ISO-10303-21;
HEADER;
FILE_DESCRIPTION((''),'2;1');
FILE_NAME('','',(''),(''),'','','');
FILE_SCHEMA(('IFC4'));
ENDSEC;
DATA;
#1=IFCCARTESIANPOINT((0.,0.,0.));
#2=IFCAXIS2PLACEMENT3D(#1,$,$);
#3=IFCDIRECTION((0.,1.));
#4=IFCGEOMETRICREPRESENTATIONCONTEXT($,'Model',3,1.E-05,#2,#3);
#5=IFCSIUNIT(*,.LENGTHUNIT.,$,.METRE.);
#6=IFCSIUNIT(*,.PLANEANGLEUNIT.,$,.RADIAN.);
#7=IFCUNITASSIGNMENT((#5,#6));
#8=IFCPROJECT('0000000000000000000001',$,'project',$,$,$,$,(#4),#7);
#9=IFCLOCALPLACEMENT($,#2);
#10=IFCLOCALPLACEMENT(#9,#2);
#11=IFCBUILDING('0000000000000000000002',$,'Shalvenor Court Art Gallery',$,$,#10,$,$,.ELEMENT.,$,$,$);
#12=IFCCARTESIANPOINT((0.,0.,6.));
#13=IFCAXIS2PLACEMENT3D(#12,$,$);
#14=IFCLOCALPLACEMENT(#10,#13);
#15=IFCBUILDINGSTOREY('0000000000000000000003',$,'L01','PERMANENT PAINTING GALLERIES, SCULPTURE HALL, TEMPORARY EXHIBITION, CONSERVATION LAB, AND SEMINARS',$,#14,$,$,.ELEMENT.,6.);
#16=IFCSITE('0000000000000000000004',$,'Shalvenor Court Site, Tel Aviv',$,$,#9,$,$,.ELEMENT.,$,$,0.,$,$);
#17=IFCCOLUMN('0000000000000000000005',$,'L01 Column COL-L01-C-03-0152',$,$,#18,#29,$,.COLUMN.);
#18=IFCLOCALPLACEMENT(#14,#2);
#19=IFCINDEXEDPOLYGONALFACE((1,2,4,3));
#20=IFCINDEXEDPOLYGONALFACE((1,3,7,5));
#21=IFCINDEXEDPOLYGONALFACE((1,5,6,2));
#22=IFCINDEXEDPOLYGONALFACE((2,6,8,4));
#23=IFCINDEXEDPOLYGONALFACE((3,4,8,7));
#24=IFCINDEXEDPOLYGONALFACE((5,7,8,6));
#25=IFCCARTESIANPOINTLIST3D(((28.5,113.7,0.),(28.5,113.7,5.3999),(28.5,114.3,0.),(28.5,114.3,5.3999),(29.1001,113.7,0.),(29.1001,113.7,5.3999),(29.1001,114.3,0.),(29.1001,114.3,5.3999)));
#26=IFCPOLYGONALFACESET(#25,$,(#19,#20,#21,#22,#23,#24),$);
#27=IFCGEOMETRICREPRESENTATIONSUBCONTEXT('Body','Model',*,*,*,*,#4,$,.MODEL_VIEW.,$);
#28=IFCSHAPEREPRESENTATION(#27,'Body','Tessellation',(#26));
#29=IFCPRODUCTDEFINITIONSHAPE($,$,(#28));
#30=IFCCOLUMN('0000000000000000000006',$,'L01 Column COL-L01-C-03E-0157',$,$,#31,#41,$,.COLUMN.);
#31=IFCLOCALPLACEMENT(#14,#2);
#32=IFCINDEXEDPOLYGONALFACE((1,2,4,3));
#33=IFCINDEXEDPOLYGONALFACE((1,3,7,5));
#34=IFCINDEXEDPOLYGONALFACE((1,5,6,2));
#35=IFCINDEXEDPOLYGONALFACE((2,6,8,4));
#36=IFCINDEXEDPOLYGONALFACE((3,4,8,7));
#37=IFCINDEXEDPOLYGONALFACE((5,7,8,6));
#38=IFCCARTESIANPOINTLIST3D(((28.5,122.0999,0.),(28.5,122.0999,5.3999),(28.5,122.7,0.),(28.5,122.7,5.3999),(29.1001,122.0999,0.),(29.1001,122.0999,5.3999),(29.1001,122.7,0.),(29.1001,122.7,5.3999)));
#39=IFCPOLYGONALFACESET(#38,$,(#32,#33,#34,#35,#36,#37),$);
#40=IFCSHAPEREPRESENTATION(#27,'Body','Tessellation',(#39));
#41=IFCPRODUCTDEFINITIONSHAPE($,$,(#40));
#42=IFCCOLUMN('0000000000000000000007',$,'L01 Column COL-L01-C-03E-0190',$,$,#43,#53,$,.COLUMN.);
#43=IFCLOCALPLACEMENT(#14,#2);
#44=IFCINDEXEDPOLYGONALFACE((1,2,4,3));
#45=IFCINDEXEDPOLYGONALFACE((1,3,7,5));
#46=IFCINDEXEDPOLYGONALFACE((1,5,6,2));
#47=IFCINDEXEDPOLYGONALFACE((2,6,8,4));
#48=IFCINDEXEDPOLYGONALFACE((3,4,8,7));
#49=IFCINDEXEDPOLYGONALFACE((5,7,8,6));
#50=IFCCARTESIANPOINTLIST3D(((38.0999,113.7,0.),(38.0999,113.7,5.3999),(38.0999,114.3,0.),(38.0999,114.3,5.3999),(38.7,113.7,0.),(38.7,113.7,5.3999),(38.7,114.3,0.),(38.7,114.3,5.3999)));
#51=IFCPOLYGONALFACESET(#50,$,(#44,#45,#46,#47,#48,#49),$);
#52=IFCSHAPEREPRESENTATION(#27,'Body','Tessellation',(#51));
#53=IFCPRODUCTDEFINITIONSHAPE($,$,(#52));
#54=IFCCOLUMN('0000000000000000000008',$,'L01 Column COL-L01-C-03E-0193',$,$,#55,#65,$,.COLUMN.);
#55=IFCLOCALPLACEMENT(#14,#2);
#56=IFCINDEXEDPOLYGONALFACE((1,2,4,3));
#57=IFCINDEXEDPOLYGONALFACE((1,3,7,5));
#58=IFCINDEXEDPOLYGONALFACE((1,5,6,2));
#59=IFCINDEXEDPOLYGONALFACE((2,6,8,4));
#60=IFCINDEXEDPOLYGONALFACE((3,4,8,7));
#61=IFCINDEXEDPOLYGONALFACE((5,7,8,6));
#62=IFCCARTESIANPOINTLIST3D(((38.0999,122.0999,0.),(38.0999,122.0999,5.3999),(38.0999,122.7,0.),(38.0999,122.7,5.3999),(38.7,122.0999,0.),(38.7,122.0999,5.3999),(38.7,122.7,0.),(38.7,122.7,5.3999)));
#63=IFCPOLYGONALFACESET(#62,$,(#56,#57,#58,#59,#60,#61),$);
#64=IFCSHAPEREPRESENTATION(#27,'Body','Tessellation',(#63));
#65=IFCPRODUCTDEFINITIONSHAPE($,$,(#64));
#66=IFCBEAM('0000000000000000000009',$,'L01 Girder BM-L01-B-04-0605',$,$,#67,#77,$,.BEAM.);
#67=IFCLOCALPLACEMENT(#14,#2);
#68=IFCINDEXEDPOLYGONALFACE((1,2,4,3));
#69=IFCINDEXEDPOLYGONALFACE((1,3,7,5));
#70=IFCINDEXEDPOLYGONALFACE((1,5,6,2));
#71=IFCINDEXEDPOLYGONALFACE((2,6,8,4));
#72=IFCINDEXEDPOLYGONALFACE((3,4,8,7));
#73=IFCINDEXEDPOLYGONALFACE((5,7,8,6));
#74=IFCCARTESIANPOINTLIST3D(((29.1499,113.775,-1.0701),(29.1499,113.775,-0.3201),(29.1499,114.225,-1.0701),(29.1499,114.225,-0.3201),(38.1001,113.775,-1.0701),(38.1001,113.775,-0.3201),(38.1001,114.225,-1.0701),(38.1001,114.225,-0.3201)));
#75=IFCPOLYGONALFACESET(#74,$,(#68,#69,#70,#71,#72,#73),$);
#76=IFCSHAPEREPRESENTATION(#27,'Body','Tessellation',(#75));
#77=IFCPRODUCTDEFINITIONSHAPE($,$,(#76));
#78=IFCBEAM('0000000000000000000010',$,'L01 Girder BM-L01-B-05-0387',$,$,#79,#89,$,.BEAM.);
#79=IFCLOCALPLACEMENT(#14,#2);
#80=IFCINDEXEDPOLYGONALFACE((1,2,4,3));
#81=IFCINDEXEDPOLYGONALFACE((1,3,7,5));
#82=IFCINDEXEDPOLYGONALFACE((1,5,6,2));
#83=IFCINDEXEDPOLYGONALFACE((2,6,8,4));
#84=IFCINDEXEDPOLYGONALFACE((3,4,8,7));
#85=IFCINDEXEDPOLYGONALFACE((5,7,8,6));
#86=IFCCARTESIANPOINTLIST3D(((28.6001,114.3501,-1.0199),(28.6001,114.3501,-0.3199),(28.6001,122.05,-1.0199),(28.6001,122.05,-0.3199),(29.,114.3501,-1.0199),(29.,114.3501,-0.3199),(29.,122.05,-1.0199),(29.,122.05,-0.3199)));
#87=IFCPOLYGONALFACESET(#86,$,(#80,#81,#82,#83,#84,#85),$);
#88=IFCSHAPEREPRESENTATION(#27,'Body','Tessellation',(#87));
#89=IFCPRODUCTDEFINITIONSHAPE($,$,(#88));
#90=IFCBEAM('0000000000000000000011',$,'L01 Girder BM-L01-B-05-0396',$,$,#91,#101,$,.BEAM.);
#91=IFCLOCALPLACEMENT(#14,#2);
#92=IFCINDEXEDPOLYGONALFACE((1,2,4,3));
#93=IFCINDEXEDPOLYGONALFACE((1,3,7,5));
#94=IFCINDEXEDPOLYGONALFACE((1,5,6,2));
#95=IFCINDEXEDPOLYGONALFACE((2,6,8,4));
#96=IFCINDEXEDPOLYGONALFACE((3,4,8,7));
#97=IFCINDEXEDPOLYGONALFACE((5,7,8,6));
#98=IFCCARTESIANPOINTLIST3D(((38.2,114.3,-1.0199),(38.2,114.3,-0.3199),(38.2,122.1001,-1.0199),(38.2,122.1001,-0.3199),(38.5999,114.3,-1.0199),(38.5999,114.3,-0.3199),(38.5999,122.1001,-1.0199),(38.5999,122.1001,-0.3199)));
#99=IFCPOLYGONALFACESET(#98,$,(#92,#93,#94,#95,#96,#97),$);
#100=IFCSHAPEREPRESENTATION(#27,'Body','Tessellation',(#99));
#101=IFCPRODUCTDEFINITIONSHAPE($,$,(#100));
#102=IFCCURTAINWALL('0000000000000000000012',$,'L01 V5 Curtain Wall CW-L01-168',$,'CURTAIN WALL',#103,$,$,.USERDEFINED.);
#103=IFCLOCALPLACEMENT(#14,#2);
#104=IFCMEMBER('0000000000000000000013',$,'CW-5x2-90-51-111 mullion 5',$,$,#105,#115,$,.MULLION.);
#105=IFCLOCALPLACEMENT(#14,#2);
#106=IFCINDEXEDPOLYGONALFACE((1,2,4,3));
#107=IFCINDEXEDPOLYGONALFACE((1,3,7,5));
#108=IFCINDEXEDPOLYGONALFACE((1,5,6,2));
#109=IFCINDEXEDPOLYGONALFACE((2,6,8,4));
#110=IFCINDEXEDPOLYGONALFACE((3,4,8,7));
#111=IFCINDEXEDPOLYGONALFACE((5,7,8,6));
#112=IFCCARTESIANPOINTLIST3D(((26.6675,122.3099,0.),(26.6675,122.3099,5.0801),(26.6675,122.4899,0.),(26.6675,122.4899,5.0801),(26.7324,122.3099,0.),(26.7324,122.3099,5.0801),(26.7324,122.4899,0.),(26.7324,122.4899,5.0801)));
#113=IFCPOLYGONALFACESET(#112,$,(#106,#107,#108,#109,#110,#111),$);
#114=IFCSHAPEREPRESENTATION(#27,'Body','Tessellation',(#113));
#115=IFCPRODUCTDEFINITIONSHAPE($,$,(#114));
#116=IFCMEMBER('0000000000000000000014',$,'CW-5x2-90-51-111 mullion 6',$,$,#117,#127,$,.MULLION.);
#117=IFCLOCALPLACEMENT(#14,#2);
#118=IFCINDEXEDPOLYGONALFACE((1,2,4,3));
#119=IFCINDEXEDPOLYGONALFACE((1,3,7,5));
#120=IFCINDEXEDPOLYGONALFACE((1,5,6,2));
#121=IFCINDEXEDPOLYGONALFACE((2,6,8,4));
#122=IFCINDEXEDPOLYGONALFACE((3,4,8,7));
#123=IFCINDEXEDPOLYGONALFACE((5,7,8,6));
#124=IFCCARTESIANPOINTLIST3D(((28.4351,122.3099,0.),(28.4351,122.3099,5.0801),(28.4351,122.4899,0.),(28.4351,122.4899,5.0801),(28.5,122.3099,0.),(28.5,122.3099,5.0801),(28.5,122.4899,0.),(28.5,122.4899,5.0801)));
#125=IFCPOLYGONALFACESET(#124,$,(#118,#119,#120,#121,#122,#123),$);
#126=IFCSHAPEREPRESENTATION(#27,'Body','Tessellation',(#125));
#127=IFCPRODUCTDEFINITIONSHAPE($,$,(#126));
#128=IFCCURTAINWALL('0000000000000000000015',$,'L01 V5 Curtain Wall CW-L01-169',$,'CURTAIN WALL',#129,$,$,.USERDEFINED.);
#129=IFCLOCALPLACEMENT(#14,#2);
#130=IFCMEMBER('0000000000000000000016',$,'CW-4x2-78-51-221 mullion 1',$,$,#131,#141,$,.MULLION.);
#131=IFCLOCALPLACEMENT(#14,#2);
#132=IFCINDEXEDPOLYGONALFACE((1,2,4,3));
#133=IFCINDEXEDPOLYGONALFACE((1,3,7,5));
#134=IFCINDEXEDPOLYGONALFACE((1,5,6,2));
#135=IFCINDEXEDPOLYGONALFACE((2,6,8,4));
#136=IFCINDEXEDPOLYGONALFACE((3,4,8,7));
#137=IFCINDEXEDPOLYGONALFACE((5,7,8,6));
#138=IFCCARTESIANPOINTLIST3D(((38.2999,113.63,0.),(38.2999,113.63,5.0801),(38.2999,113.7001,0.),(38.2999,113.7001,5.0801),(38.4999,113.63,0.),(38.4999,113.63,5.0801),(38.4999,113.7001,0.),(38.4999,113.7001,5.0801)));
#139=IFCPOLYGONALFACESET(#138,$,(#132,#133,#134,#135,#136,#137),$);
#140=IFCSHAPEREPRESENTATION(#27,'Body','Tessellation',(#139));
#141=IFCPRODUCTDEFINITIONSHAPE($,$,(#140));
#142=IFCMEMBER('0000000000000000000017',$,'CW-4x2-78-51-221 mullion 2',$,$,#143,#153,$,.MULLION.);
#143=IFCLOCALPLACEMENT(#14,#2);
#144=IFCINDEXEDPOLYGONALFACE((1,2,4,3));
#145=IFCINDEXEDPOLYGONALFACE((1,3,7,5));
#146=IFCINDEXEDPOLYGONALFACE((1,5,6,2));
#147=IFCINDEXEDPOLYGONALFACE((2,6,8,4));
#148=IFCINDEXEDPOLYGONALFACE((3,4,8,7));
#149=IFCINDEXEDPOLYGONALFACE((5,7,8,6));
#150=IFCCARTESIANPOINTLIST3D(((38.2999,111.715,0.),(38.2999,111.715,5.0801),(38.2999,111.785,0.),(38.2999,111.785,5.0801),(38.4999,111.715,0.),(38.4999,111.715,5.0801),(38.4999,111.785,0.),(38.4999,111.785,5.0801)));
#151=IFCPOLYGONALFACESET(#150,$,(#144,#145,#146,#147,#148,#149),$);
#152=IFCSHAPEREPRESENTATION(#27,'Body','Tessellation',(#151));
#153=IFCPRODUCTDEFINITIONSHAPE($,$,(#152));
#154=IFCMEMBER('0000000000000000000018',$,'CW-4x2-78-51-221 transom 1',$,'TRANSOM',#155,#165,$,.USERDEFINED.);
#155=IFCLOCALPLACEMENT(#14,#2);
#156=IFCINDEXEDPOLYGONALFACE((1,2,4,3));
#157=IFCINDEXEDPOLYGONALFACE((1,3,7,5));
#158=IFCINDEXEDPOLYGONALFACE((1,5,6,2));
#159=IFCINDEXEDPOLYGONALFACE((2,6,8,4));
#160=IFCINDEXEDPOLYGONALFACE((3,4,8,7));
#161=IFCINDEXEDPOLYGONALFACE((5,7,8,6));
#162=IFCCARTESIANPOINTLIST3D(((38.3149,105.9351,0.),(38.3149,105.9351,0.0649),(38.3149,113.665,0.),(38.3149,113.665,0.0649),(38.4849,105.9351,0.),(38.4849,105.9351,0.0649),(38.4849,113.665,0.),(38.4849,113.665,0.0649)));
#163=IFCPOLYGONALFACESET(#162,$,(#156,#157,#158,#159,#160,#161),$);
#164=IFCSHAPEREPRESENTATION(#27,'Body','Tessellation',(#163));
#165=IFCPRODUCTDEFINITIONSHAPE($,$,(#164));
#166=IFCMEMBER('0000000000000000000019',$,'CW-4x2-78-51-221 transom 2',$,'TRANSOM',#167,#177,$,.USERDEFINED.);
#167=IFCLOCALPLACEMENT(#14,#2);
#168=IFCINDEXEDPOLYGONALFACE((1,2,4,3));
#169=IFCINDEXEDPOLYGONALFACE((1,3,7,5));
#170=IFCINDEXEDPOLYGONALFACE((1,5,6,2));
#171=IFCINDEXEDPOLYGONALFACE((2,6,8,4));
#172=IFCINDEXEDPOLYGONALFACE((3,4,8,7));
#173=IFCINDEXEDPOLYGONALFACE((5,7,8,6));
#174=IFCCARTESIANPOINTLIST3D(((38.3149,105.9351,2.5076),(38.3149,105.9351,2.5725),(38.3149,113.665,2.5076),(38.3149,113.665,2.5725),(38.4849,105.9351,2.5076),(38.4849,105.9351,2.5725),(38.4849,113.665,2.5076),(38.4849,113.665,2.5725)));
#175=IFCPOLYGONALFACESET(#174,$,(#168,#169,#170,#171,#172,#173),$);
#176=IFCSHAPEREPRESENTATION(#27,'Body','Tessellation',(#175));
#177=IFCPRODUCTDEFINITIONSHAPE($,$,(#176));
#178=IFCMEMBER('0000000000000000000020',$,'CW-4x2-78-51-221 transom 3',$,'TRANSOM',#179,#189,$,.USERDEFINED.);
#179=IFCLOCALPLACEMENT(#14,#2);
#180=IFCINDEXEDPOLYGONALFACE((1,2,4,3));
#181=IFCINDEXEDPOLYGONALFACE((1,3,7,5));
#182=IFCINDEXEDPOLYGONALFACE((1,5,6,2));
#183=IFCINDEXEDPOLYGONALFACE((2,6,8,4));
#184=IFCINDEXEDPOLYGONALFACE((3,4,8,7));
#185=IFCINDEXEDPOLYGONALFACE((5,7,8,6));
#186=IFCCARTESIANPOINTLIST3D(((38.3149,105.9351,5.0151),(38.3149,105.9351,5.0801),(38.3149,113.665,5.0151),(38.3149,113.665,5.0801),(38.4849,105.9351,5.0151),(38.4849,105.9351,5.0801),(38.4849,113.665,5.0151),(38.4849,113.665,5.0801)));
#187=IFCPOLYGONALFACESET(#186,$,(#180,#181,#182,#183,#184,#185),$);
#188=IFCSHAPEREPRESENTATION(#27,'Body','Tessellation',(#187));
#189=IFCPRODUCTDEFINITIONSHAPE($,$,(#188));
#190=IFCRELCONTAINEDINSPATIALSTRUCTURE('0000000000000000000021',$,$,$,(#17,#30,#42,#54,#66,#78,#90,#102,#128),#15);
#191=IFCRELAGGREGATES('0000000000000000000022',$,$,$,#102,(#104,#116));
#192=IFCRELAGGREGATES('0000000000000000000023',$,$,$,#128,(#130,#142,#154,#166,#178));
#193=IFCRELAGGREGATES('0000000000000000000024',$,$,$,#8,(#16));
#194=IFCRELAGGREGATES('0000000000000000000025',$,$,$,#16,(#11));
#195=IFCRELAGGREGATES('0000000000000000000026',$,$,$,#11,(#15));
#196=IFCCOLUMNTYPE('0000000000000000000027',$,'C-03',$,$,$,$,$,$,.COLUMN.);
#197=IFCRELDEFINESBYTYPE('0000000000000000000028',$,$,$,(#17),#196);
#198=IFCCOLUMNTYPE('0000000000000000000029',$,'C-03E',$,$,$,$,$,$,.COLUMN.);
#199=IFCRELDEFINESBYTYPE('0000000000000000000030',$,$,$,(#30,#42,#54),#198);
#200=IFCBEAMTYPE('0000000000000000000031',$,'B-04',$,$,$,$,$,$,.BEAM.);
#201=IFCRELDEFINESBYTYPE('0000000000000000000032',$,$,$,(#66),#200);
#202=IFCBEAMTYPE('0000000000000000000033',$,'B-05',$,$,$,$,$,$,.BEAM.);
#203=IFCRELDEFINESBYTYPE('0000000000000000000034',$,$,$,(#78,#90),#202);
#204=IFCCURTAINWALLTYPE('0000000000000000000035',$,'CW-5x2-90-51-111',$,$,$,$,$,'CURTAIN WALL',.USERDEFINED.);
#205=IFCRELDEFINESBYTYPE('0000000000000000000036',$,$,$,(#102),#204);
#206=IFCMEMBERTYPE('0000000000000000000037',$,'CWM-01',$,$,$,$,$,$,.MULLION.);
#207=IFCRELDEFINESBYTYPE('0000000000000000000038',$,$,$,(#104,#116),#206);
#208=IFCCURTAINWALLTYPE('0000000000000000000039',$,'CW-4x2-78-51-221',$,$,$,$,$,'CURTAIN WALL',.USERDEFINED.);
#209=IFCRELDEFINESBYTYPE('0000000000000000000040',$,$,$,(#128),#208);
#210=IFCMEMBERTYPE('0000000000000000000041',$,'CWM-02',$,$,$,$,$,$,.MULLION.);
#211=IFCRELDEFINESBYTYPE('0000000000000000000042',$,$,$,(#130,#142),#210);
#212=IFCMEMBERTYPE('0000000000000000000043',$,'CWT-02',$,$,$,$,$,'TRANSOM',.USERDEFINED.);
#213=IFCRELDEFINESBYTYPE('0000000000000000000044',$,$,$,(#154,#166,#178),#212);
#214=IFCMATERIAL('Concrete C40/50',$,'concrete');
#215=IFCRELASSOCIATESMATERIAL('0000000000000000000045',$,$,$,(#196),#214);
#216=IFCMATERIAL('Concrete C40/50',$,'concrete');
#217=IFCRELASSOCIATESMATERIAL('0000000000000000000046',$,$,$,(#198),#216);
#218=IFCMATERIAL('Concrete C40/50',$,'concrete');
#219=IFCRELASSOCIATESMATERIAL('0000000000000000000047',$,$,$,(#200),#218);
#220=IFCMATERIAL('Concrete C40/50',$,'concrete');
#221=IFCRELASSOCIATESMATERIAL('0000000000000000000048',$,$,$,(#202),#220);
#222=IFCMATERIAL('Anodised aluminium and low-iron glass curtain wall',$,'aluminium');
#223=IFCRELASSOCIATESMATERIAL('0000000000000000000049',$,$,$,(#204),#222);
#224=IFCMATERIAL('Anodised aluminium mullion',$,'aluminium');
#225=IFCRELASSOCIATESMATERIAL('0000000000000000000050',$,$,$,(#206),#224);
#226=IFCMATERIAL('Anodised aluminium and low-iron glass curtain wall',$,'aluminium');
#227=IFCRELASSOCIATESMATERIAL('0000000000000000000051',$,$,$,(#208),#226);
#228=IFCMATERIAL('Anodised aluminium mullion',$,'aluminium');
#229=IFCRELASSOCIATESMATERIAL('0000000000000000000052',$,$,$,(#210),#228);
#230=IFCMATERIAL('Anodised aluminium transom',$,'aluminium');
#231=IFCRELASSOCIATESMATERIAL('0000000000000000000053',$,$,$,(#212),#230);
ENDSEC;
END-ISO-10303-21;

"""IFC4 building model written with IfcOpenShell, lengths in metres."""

from ifc_helpers import new_model, si_unit, direction, frame, origin, origin_2d, place, context, subcontext, project, spatial, rectangle, extrude, material, material_profile, profile_set, type_object, element, aggregate, save


model = new_model("IFC4")

# Units and contexts
model_context = context("Model", 3, precision=1e-05, world=origin(), true_north=direction((0.0, 1.0)))
body_context = subcontext(model_context, "Body", "Model", "MODEL_VIEW")
ifc_project = project(units=[si_unit("LENGTHUNIT", "METRE"), si_unit("PLANEANGLEUNIT", "RADIAN")], contexts=[model_context])

# Site, building, storey
site_placement = place(None, origin())
site = spatial("IfcSite", under=ifc_project, at=site_placement, Name="Shalvenor Court Site, Tel Aviv", CompositionType="ELEMENT", RefElevation=0.0)
building_placement = place(site_placement, origin())
building = spatial("IfcBuilding", under=site, at=building_placement, Name="Shalvenor Court Art Gallery", CompositionType="ELEMENT")
storey_placement = place(building_placement, frame((0.0, 0.0, 6.0)))
storey = spatial("IfcBuildingStorey", under=building, at=storey_placement, Name="L01", Description="PERMANENT PAINTING GALLERIES, SCULPTURE HALL, TEMPORARY EXHIBITION, CONSERVATION LAB, AND SEMINARS", CompositionType="ELEMENT", Elevation=6.0)

# Columns
ifc_material_1 = material(Name="Concrete C40/50", Category="concrete")
ifc_material_profile_1 = material_profile(ifc_material_1, rectangle(XDim=0.6001, YDim=0.6001, at=origin_2d()), Name="RC 600x600")
ifc_profile_set_1 = profile_set([ifc_material_profile_1], Name="Concrete C40/50")
column_type_1 = type_object("IfcColumnType", Name="C-03", PredefinedType="COLUMN", material=ifc_profile_set_1)
column_placement = place(storey_placement, frame((28.8, 114.0, 0.0), z_axis=(0.0, 0.0, 1.0), x_axis=(1.0, 0.0, 0.0)))
element("IfcColumn", 1, at=column_placement, inside=storey, type_object=column_type_1, Name="L01 Column COL-L01-C-03-0152", PredefinedType="COLUMN", context=body_context, shape_type="SweptSolid", body=[
    extrude(rectangle(XDim=0.6001, YDim=0.6001, at=origin_2d()), origin(), (0.0, 0.0, 1.0), 5.3999),
])
ifc_material_2 = material(Name="Concrete C40/50", Category="concrete")
ifc_material_profile_2 = material_profile(ifc_material_2, rectangle(XDim=0.6001, YDim=0.6001, at=origin_2d()), Name="RC 600x600")
ifc_profile_set_2 = profile_set([ifc_material_profile_2], Name="Concrete C40/50")
column_type_2 = type_object("IfcColumnType", Name="C-03E", PredefinedType="COLUMN", material=ifc_profile_set_2)
for number, where, z_axis, x_axis, name in (
    (2, (28.8, 122.3999, 0.0), (0.0, 0.0, 1.0), (1.0, 0.0, 0.0), "L01 Column COL-L01-C-03E-0157"),
    (3, (38.3999, 114.0, 0.0), (0.0, 0.0, 1.0), (1.0, 0.0, 0.0), "L01 Column COL-L01-C-03E-0190"),
    (4, (38.3999, 122.3999, 0.0), (0.0, 0.0, 1.0), (1.0, 0.0, 0.0), "L01 Column COL-L01-C-03E-0193"),
):
    element("IfcColumn", number, at=place(storey_placement, frame(where, z_axis=z_axis, x_axis=x_axis)), inside=storey, type_object=column_type_2, Name=name, PredefinedType="COLUMN", context=body_context, shape_type="SweptSolid", body=[
        extrude(rectangle(XDim=0.6001, YDim=0.6001, at=origin_2d()), origin(), (0.0, 0.0, 1.0), 5.3999),
    ])

# Beams
ifc_material_3 = material(Name="Concrete C40/50", Category="concrete")
ifc_material_profile_3 = material_profile(ifc_material_3, rectangle(XDim=0.45, YDim=0.75, at=origin_2d()), Name="RC 450x750")
ifc_profile_set_3 = profile_set([ifc_material_profile_3], Name="Concrete C40/50")
beam_type_1 = type_object("IfcBeamType", Name="B-04", PredefinedType="BEAM", material=ifc_profile_set_3)
beam_1_placement = place(storey_placement, frame((29.1499, 114.0, -0.6951), z_axis=(1.0, 0.0, 0.0), x_axis=(0.0, 1.0, 0.0)))
element("IfcBeam", 5, at=beam_1_placement, inside=storey, type_object=beam_type_1, Name="L01 Girder BM-L01-B-04-0605", PredefinedType="BEAM", context=body_context, shape_type="SweptSolid", body=[
    extrude(rectangle(XDim=0.45, YDim=0.75, at=origin_2d()), origin(), (0.0, 0.0, 1.0), 8.9502),
])
ifc_material_4 = material(Name="Concrete C40/50", Category="concrete")
ifc_material_profile_4 = material_profile(ifc_material_4, rectangle(XDim=0.3999, YDim=0.7, at=origin_2d()), Name="RC 400x700")
ifc_profile_set_4 = profile_set([ifc_material_profile_4], Name="Concrete C40/50")
beam_type_2 = type_object("IfcBeamType", Name="B-05", PredefinedType="BEAM", material=ifc_profile_set_4)
beam_2_placement = place(storey_placement, frame((28.8, 114.3501, -0.6699), z_axis=(0.0, 1.0, 0.0), x_axis=(-1.0, 0.0, 0.0)))
element("IfcBeam", 6, at=beam_2_placement, inside=storey, type_object=beam_type_2, Name="L01 Girder BM-L01-B-05-0387", PredefinedType="BEAM", context=body_context, shape_type="SweptSolid", body=[
    extrude(rectangle(XDim=0.3999, YDim=0.7, at=origin_2d()), origin(), (0.0, 0.0, 1.0), 7.7),
])
beam_3_placement = place(storey_placement, frame((38.3999, 114.3, -0.6699), z_axis=(0.0, 1.0, 0.0), x_axis=(-1.0, 0.0, 0.0)))
element("IfcBeam", 7, at=beam_3_placement, inside=storey, type_object=beam_type_2, Name="L01 Girder BM-L01-B-05-0396", PredefinedType="BEAM", context=body_context, shape_type="SweptSolid", body=[
    extrude(rectangle(XDim=0.3999, YDim=0.7, at=origin_2d()), origin(), (0.0, 0.0, 1.0), 7.8),
])

# Curtain walls, members
ifc_material_5 = material(Name="Anodised aluminium and low-iron glass curtain wall", Category="aluminium")
curtain_wall_type_1 = type_object("IfcCurtainWallType", Name="CW-5x2-90-51-111", ElementType="CURTAIN WALL", PredefinedType="USERDEFINED", material=ifc_material_5)
curtain_wall_1_placement = place(storey_placement, origin())
curtain_wall_1 = element("IfcCurtainWall", 8, at=curtain_wall_1_placement, inside=storey, type_object=curtain_wall_type_1, Name="L01 V5 Curtain Wall CW-L01-168", ObjectType="CURTAIN WALL", PredefinedType="USERDEFINED")
ifc_material_6 = material(Name="Anodised aluminium mullion", Category="aluminium")
ifc_material_profile_5 = material_profile(ifc_material_6, rectangle(XDim=0.0649, YDim=0.1799, at=origin_2d()), Name="CWM-01")
ifc_profile_set_5 = profile_set([ifc_material_profile_5], Name="Anodised aluminium mullion")
member_type_1 = type_object("IfcMemberType", Name="CWM-01", PredefinedType="MULLION", material=ifc_profile_set_5)
member_1_placement = place(storey_placement, frame((26.7, 122.3999, 0.0), z_axis=(0.0, 0.0, 1.0), x_axis=(1.0, 0.0, 0.0)))
member_1 = element("IfcMember", 9, at=member_1_placement, type_object=member_type_1, Name="CW-5x2-90-51-111 mullion 5", PredefinedType="MULLION", context=body_context, shape_type="SweptSolid", body=[
    extrude(rectangle(XDim=0.0649, YDim=0.1799, at=origin_2d()), origin(), (0.0, 0.0, 1.0), 5.0801),
])
member_2_placement = place(storey_placement, frame((28.4675, 122.3999, 0.0), z_axis=(0.0, 0.0, 1.0), x_axis=(1.0, 0.0, 0.0)))
member_2 = element("IfcMember", 10, at=member_2_placement, type_object=member_type_1, Name="CW-5x2-90-51-111 mullion 6", PredefinedType="MULLION", context=body_context, shape_type="SweptSolid", body=[
    extrude(rectangle(XDim=0.0649, YDim=0.1799, at=origin_2d()), origin(), (0.0, 0.0, 1.0), 5.0801),
])
ifc_material_7 = material(Name="Anodised aluminium and low-iron glass curtain wall", Category="aluminium")
curtain_wall_type_2 = type_object("IfcCurtainWallType", Name="CW-4x2-78-51-221", ElementType="CURTAIN WALL", PredefinedType="USERDEFINED", material=ifc_material_7)
curtain_wall_2_placement = place(storey_placement, origin())
curtain_wall_2 = element("IfcCurtainWall", 11, at=curtain_wall_2_placement, inside=storey, type_object=curtain_wall_type_2, Name="L01 V5 Curtain Wall CW-L01-169", ObjectType="CURTAIN WALL", PredefinedType="USERDEFINED")
ifc_material_8 = material(Name="Anodised aluminium mullion", Category="aluminium")
ifc_material_profile_6 = material_profile(ifc_material_8, rectangle(XDim=0.0701, YDim=0.2, at=origin_2d()), Name="CWM-02")
ifc_profile_set_6 = profile_set([ifc_material_profile_6], Name="Anodised aluminium mullion")
member_type_2 = type_object("IfcMemberType", Name="CWM-02", PredefinedType="MULLION", material=ifc_profile_set_6)
member_3_placement = place(storey_placement, frame((38.3999, 113.665, 0.0), z_axis=(0.0, 0.0, 1.0), x_axis=(0.0, -1.0, 0.0)))
member_3 = element("IfcMember", 12, at=member_3_placement, type_object=member_type_2, Name="CW-4x2-78-51-221 mullion 1", PredefinedType="MULLION", context=body_context, shape_type="SweptSolid", body=[
    extrude(rectangle(XDim=0.0701, YDim=0.2, at=origin_2d()), origin(), (0.0, 0.0, 1.0), 5.0801),
])
member_4_placement = place(storey_placement, frame((38.3999, 111.75, 0.0), z_axis=(0.0, 0.0, 1.0), x_axis=(0.0, -1.0, 0.0)))
member_4 = element("IfcMember", 13, at=member_4_placement, type_object=member_type_2, Name="CW-4x2-78-51-221 mullion 2", PredefinedType="MULLION", context=body_context, shape_type="SweptSolid", body=[
    extrude(rectangle(XDim=0.0701, YDim=0.2, at=origin_2d()), origin(), (0.0, 0.0, 1.0), 5.0801),
])
ifc_material_9 = material(Name="Anodised aluminium transom", Category="aluminium")
ifc_material_profile_7 = material_profile(ifc_material_9, rectangle(XDim=0.1699, YDim=0.0649, at=origin_2d()), Name="CWT-02")
ifc_profile_set_7 = profile_set([ifc_material_profile_7], Name="Anodised aluminium transom")
member_type_3 = type_object("IfcMemberType", Name="CWT-02", ElementType="TRANSOM", PredefinedType="USERDEFINED", material=ifc_profile_set_7)
member_5_placement = place(storey_placement, frame((38.3999, 113.665, 0.0325), z_axis=(0.0, -1.0, 0.0), x_axis=(1.0, 0.0, 0.0)))
member_5 = element("IfcMember", 14, at=member_5_placement, type_object=member_type_3, Name="CW-4x2-78-51-221 transom 1", ObjectType="TRANSOM", PredefinedType="USERDEFINED", context=body_context, shape_type="SweptSolid", body=[
    extrude(rectangle(XDim=0.1699, YDim=0.0649, at=origin_2d()), origin(), (0.0, 0.0, 1.0), 7.73),
])
member_6_placement = place(storey_placement, frame((38.3999, 113.665, 2.54), z_axis=(0.0, -1.0, 0.0), x_axis=(1.0, 0.0, 0.0)))
member_6 = element("IfcMember", 15, at=member_6_placement, type_object=member_type_3, Name="CW-4x2-78-51-221 transom 2", ObjectType="TRANSOM", PredefinedType="USERDEFINED", context=body_context, shape_type="SweptSolid", body=[
    extrude(rectangle(XDim=0.1699, YDim=0.0649, at=origin_2d()), origin(), (0.0, 0.0, 1.0), 7.73),
])
member_7_placement = place(storey_placement, frame((38.3999, 113.665, 5.0476), z_axis=(0.0, -1.0, 0.0), x_axis=(1.0, 0.0, 0.0)))
member_7 = element("IfcMember", 16, at=member_7_placement, type_object=member_type_3, Name="CW-4x2-78-51-221 transom 3", ObjectType="TRANSOM", PredefinedType="USERDEFINED", context=body_context, shape_type="SweptSolid", body=[
    extrude(rectangle(XDim=0.1699, YDim=0.0649, at=origin_2d()), origin(), (0.0, 0.0, 1.0), 7.73),
])

aggregate(curtain_wall_1, [member_1, member_2])
aggregate(curtain_wall_2, [member_3, member_4, member_5, member_6, member_7])

save(model, "model.ifc")
